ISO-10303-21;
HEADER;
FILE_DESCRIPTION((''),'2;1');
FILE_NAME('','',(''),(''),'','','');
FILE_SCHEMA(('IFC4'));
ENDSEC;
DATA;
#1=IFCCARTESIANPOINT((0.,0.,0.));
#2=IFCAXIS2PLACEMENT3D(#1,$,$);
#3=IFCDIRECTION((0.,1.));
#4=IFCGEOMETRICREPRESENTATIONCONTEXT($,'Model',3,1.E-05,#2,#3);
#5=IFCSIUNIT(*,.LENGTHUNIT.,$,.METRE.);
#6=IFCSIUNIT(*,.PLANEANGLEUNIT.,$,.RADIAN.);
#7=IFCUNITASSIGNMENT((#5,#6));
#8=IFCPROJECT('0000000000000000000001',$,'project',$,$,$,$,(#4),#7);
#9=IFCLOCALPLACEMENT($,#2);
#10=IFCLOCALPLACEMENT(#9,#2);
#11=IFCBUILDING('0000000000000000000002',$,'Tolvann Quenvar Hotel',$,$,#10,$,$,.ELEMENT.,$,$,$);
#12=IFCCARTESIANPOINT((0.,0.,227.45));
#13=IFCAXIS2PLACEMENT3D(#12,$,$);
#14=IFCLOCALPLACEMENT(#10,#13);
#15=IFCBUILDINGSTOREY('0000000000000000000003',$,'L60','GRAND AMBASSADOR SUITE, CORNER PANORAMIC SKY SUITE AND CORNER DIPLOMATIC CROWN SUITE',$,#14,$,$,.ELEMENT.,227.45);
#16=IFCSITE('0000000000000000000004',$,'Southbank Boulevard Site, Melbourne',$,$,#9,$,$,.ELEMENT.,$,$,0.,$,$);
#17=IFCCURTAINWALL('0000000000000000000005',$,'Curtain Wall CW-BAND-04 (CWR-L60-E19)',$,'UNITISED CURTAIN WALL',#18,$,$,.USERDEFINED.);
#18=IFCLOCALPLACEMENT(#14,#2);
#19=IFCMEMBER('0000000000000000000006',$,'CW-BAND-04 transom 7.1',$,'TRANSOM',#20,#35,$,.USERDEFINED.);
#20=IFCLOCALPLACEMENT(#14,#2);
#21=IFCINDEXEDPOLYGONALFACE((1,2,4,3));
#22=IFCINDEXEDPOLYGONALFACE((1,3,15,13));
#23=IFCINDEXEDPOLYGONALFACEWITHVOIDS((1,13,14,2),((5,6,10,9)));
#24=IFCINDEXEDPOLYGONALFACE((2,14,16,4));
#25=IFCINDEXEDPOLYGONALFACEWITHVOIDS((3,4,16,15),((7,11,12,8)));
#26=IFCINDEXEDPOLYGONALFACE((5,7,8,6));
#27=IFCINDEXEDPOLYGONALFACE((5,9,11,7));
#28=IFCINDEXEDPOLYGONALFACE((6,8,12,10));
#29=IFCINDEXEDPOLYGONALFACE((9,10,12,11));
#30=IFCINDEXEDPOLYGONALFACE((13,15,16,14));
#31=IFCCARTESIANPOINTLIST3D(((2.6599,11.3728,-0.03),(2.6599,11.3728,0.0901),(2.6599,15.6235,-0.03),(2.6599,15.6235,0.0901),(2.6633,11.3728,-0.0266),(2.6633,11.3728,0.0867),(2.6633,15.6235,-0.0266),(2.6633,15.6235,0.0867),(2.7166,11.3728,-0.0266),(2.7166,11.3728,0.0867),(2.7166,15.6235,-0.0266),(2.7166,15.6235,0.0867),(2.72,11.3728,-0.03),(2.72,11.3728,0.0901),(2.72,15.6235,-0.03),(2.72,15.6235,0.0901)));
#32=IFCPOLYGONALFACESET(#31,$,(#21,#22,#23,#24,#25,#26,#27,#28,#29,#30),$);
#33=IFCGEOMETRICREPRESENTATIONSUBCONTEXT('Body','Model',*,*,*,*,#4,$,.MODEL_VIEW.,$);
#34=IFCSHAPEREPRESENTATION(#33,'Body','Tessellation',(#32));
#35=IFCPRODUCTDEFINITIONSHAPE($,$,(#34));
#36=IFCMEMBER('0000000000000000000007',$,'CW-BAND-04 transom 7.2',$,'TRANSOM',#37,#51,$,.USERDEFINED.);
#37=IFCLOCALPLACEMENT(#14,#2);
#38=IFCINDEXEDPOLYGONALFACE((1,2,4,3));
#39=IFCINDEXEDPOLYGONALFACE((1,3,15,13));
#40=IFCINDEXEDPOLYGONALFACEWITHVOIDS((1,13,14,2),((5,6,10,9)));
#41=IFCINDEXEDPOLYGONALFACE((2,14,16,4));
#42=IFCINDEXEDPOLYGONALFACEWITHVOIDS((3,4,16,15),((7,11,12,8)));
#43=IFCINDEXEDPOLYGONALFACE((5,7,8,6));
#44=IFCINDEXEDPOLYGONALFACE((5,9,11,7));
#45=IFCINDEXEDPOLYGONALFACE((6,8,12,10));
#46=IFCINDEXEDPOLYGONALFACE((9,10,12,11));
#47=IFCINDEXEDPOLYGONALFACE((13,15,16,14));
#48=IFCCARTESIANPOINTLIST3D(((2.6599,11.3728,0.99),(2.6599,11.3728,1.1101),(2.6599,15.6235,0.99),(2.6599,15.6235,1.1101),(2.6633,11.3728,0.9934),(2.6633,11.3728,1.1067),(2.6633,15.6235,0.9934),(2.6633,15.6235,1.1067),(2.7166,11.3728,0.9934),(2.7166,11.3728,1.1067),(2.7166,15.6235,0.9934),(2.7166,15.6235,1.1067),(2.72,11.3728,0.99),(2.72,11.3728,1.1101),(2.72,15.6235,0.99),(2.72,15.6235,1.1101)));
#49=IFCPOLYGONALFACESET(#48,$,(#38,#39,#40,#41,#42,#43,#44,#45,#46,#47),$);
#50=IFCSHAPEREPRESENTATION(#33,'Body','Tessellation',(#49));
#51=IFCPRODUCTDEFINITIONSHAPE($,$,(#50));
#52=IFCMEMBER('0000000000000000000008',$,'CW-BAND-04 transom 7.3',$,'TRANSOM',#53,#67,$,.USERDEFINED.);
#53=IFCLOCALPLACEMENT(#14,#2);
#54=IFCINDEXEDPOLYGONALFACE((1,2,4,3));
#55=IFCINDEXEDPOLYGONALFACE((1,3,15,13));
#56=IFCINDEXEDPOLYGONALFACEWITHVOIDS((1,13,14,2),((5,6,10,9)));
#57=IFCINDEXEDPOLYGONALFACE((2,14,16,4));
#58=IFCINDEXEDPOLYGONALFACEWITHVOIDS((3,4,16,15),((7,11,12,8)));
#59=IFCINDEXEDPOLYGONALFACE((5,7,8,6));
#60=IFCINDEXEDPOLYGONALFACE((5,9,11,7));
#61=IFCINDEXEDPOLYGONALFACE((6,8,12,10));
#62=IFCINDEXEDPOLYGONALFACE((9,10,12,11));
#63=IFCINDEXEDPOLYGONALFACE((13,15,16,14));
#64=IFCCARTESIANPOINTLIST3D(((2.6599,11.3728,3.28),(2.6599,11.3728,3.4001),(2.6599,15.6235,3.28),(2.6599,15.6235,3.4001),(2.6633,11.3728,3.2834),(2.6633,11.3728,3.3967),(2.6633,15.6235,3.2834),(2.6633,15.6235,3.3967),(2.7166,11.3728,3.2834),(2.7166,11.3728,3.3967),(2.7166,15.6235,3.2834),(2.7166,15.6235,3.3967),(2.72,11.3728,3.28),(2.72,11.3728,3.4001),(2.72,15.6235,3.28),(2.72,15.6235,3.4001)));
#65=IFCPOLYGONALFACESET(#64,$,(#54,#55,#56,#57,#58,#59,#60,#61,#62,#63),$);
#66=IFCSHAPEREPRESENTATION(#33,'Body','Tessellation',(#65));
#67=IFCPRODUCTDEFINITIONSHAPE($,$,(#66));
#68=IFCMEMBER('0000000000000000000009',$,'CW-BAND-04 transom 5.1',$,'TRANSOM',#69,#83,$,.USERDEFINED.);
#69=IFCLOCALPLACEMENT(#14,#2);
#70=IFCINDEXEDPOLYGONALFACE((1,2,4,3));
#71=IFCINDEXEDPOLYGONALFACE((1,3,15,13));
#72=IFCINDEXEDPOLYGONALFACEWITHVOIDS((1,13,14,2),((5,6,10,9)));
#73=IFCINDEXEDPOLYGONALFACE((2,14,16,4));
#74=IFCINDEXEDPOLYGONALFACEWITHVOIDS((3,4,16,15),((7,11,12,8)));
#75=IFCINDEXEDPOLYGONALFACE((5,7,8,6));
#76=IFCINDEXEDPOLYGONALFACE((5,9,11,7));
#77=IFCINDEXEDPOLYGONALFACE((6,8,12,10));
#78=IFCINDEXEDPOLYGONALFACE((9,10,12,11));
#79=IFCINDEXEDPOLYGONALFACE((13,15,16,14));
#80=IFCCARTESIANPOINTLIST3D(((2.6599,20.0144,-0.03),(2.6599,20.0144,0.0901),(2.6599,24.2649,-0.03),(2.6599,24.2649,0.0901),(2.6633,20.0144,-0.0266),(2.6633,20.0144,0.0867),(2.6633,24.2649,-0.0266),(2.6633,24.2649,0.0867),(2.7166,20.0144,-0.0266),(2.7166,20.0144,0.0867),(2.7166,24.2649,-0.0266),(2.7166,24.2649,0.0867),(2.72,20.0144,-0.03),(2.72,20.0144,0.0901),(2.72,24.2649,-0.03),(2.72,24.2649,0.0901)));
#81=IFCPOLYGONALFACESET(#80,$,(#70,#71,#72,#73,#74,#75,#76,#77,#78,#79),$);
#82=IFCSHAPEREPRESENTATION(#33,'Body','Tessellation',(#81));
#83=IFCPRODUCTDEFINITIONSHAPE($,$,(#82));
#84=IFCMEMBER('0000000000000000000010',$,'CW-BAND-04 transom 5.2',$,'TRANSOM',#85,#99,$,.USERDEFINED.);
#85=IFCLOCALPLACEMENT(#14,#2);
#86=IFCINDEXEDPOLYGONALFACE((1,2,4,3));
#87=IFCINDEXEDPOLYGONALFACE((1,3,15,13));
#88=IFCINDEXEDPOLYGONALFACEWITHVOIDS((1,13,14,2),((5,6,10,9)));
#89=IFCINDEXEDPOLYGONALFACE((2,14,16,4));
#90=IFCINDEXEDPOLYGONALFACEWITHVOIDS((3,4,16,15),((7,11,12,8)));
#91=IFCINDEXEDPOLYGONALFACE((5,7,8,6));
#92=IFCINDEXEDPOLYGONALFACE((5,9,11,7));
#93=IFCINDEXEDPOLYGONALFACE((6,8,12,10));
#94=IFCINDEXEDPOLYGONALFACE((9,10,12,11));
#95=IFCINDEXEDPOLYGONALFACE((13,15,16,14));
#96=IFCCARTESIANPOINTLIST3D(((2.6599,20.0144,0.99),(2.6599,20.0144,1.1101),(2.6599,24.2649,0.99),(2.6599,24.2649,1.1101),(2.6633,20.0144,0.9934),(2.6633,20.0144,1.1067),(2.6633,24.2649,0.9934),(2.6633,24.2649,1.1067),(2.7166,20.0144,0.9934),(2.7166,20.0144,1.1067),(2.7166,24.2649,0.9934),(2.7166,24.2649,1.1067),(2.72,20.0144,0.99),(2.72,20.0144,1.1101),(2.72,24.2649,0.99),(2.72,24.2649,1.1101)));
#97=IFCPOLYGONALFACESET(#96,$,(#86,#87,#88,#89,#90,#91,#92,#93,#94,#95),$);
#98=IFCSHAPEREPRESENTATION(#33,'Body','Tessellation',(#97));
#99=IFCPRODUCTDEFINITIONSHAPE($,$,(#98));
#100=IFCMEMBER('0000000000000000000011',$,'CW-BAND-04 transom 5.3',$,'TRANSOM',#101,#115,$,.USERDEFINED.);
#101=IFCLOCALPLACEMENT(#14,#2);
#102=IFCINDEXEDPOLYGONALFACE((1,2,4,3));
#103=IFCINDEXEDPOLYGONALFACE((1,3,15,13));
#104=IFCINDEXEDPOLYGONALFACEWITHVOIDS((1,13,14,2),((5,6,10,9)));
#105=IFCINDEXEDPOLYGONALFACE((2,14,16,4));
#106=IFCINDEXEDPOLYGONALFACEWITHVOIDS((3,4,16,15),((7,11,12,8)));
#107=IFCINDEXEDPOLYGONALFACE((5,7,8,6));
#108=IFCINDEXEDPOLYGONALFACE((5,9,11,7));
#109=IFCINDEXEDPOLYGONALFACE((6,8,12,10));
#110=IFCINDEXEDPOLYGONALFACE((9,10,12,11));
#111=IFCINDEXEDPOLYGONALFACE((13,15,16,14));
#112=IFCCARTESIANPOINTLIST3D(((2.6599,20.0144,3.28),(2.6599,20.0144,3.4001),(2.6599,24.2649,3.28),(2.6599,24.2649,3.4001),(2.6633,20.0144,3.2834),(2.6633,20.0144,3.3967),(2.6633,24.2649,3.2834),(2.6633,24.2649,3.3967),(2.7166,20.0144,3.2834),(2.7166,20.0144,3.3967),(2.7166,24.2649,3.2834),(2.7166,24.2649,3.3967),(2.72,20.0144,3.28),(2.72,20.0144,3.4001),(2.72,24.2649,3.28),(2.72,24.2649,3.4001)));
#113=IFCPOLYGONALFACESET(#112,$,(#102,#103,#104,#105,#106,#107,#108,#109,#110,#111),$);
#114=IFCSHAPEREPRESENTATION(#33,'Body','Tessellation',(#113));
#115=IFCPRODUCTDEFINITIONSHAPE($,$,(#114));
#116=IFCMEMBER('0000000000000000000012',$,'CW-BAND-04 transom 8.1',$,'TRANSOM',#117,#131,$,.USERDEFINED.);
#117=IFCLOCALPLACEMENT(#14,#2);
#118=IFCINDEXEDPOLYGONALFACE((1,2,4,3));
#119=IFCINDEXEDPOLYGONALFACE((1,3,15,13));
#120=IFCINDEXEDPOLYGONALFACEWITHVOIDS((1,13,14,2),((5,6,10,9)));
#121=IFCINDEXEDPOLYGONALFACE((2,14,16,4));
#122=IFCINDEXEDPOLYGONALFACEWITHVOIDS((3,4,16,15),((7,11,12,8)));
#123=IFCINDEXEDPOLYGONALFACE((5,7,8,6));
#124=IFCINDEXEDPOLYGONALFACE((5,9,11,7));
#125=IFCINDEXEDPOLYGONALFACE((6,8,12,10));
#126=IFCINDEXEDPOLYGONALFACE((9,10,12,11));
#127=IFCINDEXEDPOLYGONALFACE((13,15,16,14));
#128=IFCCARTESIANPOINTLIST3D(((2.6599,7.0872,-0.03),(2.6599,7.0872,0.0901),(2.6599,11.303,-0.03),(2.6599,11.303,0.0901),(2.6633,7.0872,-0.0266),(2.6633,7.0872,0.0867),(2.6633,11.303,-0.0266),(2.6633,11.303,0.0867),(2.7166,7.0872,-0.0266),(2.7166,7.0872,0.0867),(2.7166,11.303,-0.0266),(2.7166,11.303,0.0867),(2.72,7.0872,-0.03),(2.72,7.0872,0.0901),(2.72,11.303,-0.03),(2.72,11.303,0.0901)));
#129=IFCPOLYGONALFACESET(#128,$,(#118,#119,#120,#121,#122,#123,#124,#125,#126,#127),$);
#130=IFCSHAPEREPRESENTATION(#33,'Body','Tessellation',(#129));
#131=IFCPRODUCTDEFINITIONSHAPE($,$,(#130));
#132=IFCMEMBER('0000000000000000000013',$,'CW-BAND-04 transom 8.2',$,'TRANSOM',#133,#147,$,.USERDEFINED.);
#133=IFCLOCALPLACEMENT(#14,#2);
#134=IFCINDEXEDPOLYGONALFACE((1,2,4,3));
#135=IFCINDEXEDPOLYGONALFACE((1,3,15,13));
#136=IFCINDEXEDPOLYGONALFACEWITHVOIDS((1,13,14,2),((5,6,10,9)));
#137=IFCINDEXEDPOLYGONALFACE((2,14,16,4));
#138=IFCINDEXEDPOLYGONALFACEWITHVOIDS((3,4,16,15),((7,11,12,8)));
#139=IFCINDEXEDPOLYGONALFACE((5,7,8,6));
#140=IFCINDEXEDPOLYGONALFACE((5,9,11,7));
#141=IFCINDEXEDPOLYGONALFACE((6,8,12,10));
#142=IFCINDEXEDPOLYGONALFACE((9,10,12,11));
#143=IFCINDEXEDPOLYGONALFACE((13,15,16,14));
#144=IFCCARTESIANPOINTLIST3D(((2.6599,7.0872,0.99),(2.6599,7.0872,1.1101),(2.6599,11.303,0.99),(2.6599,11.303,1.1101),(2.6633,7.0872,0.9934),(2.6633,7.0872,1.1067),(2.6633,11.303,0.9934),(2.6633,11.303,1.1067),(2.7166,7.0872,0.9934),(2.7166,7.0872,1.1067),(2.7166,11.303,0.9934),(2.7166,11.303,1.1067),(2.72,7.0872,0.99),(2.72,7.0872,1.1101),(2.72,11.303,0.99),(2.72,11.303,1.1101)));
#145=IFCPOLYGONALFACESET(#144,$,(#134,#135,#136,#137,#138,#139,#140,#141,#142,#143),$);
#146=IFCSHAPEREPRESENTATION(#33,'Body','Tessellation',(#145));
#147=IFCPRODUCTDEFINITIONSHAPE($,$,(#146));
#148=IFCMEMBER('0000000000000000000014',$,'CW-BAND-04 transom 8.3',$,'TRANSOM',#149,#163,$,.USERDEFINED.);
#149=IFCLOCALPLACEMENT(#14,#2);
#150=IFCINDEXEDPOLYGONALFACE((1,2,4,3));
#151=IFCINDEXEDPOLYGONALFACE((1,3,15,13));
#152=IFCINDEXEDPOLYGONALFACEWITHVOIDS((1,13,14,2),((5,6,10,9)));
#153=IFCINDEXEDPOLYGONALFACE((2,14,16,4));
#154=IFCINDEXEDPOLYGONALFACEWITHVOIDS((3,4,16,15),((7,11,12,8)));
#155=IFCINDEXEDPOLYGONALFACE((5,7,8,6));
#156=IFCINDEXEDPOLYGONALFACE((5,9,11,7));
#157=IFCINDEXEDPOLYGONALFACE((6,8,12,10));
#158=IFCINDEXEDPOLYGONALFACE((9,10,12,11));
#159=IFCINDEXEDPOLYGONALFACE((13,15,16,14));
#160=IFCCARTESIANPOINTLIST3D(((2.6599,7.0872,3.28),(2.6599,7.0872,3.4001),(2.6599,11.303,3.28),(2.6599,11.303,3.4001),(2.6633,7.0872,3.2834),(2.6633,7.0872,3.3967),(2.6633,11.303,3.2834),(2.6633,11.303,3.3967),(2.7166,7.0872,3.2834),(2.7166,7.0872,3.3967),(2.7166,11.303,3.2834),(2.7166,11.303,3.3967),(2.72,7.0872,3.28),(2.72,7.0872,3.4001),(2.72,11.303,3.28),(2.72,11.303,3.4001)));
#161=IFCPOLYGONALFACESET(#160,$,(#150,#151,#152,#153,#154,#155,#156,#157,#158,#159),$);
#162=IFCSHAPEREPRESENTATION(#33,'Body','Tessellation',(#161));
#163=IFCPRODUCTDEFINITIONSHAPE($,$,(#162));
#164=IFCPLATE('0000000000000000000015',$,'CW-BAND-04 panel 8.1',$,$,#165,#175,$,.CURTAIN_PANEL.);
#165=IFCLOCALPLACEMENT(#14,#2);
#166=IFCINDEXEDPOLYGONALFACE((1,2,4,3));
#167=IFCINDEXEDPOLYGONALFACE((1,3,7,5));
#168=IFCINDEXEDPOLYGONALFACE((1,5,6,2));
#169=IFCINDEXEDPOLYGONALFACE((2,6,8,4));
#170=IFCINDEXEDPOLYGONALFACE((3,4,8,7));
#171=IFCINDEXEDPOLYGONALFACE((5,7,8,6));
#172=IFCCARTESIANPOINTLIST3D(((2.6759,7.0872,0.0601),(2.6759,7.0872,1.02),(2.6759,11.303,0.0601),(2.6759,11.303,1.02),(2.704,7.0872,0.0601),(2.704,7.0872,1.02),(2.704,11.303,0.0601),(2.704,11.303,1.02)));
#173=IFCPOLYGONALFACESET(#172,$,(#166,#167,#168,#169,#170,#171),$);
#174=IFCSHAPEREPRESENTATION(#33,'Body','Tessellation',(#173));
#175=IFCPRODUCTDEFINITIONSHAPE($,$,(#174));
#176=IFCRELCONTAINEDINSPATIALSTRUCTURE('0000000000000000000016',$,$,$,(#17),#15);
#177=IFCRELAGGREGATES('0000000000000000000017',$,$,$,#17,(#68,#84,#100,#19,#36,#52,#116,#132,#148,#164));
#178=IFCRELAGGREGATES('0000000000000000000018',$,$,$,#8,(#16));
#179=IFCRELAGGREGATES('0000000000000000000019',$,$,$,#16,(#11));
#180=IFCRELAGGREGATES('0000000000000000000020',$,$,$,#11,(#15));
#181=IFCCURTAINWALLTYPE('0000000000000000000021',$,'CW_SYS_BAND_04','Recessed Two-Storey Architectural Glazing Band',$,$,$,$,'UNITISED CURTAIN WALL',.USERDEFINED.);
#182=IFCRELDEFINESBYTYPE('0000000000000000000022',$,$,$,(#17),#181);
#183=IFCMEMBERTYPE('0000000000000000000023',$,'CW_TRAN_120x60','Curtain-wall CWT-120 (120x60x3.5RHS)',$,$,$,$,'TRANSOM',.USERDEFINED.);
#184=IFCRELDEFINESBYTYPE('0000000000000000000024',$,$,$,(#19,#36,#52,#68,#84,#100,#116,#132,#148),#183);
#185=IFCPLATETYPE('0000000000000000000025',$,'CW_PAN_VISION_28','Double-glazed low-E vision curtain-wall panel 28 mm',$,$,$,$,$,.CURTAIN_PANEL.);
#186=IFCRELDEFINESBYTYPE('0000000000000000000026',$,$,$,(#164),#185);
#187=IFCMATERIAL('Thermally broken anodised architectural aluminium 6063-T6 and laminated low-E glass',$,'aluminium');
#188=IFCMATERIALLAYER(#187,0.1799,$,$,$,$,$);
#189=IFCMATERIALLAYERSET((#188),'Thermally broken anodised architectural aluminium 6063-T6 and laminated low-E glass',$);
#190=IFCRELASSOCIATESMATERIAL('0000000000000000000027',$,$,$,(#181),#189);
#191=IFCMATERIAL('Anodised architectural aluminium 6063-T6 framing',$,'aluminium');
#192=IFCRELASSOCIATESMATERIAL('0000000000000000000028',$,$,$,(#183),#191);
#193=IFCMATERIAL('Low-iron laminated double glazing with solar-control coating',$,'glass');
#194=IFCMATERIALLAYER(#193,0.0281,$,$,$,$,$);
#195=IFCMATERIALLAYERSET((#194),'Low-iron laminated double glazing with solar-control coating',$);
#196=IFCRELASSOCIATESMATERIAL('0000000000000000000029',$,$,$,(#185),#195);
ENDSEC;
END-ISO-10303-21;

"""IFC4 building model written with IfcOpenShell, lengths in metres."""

from ifc_helpers import new_model, si_unit, direction, frame, origin, origin_2d, place, context, subcontext, project, spatial, rectangle, hollow_rectangle, extrude, source, transform, mapped, material, layer, layer_set, material_profile, profile_set, type_object, type_shapes, element, aggregate, save


model = new_model("IFC4")

# Units and contexts
model_context = context("Model", 3, precision=1e-05, world=origin(), true_north=direction((0.0, 1.0)))
body_context = subcontext(model_context, "Body", "Model", "MODEL_VIEW")
ifc_project = project(units=[si_unit("LENGTHUNIT", "METRE"), si_unit("PLANEANGLEUNIT", "RADIAN")], contexts=[model_context])

# Site, building, storey
site_placement = place(None, origin())
site = spatial("IfcSite", under=ifc_project, at=site_placement, Name="Southbank Boulevard Site, Melbourne", CompositionType="ELEMENT", RefElevation=0.0)
building_placement = place(site_placement, origin())
building = spatial("IfcBuilding", under=site, at=building_placement, Name="Tolvann Quenvar Hotel", CompositionType="ELEMENT")
storey_placement = place(building_placement, frame((0.0, 0.0, 227.45)))
storey = spatial("IfcBuildingStorey", under=building, at=storey_placement, Name="L60", Description="GRAND AMBASSADOR SUITE, CORNER PANORAMIC SKY SUITE AND CORNER DIPLOMATIC CROWN SUITE", CompositionType="ELEMENT", Elevation=227.45)

# Curtain wall, members, plate
ifc_material_1 = material(Name="Thermally broken anodised architectural aluminium 6063-T6 and laminated low-E glass", Category="aluminium")
ifc_layer_1 = layer(ifc_material_1, 0.1799)
ifc_layer_set_1 = layer_set([ifc_layer_1], Name="Thermally broken anodised architectural aluminium 6063-T6 and laminated low-E glass")
curtain_wall_type = type_object("IfcCurtainWallType", Name="CW_SYS_BAND_04", Description="Recessed Two-Storey Architectural Glazing Band", ElementType="UNITISED CURTAIN WALL", PredefinedType="USERDEFINED", material=ifc_layer_set_1)
curtain_wall_placement = place(storey_placement, origin())
curtain_wall = element("IfcCurtainWall", 1, at=curtain_wall_placement, inside=storey, type_object=curtain_wall_type, Name="Curtain Wall CW-BAND-04 (CWR-L60-E19)", ObjectType="UNITISED CURTAIN WALL", PredefinedType="USERDEFINED")
ifc_material_2 = material(Name="Anodised architectural aluminium 6063-T6 framing", Category="aluminium")
ifc_material_profile_1 = material_profile(ifc_material_2, hollow_rectangle(XDim=0.0601, YDim=0.1201, WallThickness=0.0034, at=origin_2d()), Name="120x60x3.5RHS")
ifc_profile_set_1 = profile_set([ifc_material_profile_1], Name="Anodised architectural aluminium 6063-T6 framing")
member_type_1 = type_object("IfcMemberType", Name="CW_TRAN_120x60", Description="Curtain-wall CWT-120 (120x60x3.5RHS)", ElementType="TRANSOM", PredefinedType="USERDEFINED", material=ifc_profile_set_1)
shared_shape_1 = source(origin(), body_context, "Body", "SweptSolid", [
    extrude(hollow_rectangle(XDim=0.0601, YDim=0.1201, WallThickness=0.0034, at=origin_2d()), origin(), (0.0, 0.0, 1.0), 4.2507),
])
member_1_placement = place(storey_placement, frame((2.6899, 15.6235, 0.03), z_axis=(0.0, -1.0, 0.0), x_axis=(1.0, 0.0, 0.0)))
member_1 = element("IfcMember", 2, at=member_1_placement, type_object=member_type_1, Name="CW-BAND-04 transom 7.1", ObjectType="TRANSOM", PredefinedType="USERDEFINED", context=body_context, shape_type="MappedRepresentation", body=[
    mapped(shared_shape_1, transform((0.0, 0.0, 0.0), x_axis=(1.0, 0.0, 0.0), y_axis=(0.0, 1.0, 0.0), z_axis=(0.0, 0.0, 1.0), scale=1.0)),
])
member_2_placement = place(storey_placement, frame((2.6899, 15.6235, 1.05), z_axis=(0.0, -1.0, 0.0), x_axis=(1.0, 0.0, 0.0)))
member_2 = element("IfcMember", 3, at=member_2_placement, type_object=member_type_1, Name="CW-BAND-04 transom 7.2", ObjectType="TRANSOM", PredefinedType="USERDEFINED", context=body_context, shape_type="MappedRepresentation", body=[
    mapped(shared_shape_1, transform((0.0, 0.0, 0.0), x_axis=(1.0, 0.0, 0.0), y_axis=(0.0, 1.0, 0.0), z_axis=(0.0, 0.0, 1.0), scale=1.0)),
])
member_3_placement = place(storey_placement, frame((2.6899, 15.6235, 3.3401), z_axis=(0.0, -1.0, 0.0), x_axis=(1.0, 0.0, 0.0)))
member_3 = element("IfcMember", 4, at=member_3_placement, type_object=member_type_1, Name="CW-BAND-04 transom 7.3", ObjectType="TRANSOM", PredefinedType="USERDEFINED", context=body_context, shape_type="MappedRepresentation", body=[
    mapped(shared_shape_1, transform((0.0, 0.0, 0.0), x_axis=(1.0, 0.0, 0.0), y_axis=(0.0, 1.0, 0.0), z_axis=(0.0, 0.0, 1.0), scale=1.0)),
])
shared_shape_2 = source(origin(), body_context, "Body", "SweptSolid", [
    extrude(hollow_rectangle(XDim=0.0601, YDim=0.1201, WallThickness=0.0034, at=origin_2d()), origin(), (0.0, 0.0, 1.0), 4.2505),
])
member_4_placement = place(storey_placement, frame((2.6899, 24.2649, 0.03), z_axis=(0.0, -1.0, 0.0), x_axis=(1.0, 0.0, 0.0)))
member_4 = element("IfcMember", 5, at=member_4_placement, type_object=member_type_1, Name="CW-BAND-04 transom 5.1", ObjectType="TRANSOM", PredefinedType="USERDEFINED", context=body_context, shape_type="MappedRepresentation", body=[
    mapped(shared_shape_2, transform((0.0, 0.0, 0.0), x_axis=(1.0, 0.0, 0.0), y_axis=(0.0, 1.0, 0.0), z_axis=(0.0, 0.0, 1.0), scale=1.0)),
])
member_5_placement = place(storey_placement, frame((2.6899, 24.2649, 1.05), z_axis=(0.0, -1.0, 0.0), x_axis=(1.0, 0.0, 0.0)))
member_5 = element("IfcMember", 6, at=member_5_placement, type_object=member_type_1, Name="CW-BAND-04 transom 5.2", ObjectType="TRANSOM", PredefinedType="USERDEFINED", context=body_context, shape_type="MappedRepresentation", body=[
    mapped(shared_shape_2, transform((0.0, 0.0, 0.0), x_axis=(1.0, 0.0, 0.0), y_axis=(0.0, 1.0, 0.0), z_axis=(0.0, 0.0, 1.0), scale=1.0)),
])
member_6_placement = place(storey_placement, frame((2.6899, 24.2649, 3.3401), z_axis=(0.0, -1.0, 0.0), x_axis=(1.0, 0.0, 0.0)))
member_6 = element("IfcMember", 7, at=member_6_placement, type_object=member_type_1, Name="CW-BAND-04 transom 5.3", ObjectType="TRANSOM", PredefinedType="USERDEFINED", context=body_context, shape_type="MappedRepresentation", body=[
    mapped(shared_shape_2, transform((0.0, 0.0, 0.0), x_axis=(1.0, 0.0, 0.0), y_axis=(0.0, 1.0, 0.0), z_axis=(0.0, 0.0, 1.0), scale=1.0)),
])
shared_shape_3 = source(origin(), body_context, "Body", "SweptSolid", [
    extrude(hollow_rectangle(XDim=0.0601, YDim=0.1201, WallThickness=0.0034, at=origin_2d()), origin(), (0.0, 0.0, 1.0), 4.2158),
])
type_shapes(member_type_1, [shared_shape_1, shared_shape_2, shared_shape_3])
member_7_placement = place(storey_placement, frame((2.6899, 11.303, 0.03), z_axis=(0.0, -1.0, 0.0), x_axis=(1.0, 0.0, 0.0)))
member_7 = element("IfcMember", 8, at=member_7_placement, type_object=member_type_1, Name="CW-BAND-04 transom 8.1", ObjectType="TRANSOM", PredefinedType="USERDEFINED", context=body_context, shape_type="MappedRepresentation", body=[
    mapped(shared_shape_3, transform((0.0, 0.0, 0.0), x_axis=(1.0, 0.0, 0.0), y_axis=(0.0, 1.0, 0.0), z_axis=(0.0, 0.0, 1.0), scale=1.0)),
])
member_8_placement = place(storey_placement, frame((2.6899, 11.303, 1.05), z_axis=(0.0, -1.0, 0.0), x_axis=(1.0, 0.0, 0.0)))
member_8 = element("IfcMember", 9, at=member_8_placement, type_object=member_type_1, Name="CW-BAND-04 transom 8.2", ObjectType="TRANSOM", PredefinedType="USERDEFINED", context=body_context, shape_type="MappedRepresentation", body=[
    mapped(shared_shape_3, transform((0.0, 0.0, 0.0), x_axis=(1.0, 0.0, 0.0), y_axis=(0.0, 1.0, 0.0), z_axis=(0.0, 0.0, 1.0), scale=1.0)),
])
member_9_placement = place(storey_placement, frame((2.6899, 11.303, 3.3401), z_axis=(0.0, -1.0, 0.0), x_axis=(1.0, 0.0, 0.0)))
member_9 = element("IfcMember", 10, at=member_9_placement, type_object=member_type_1, Name="CW-BAND-04 transom 8.3", ObjectType="TRANSOM", PredefinedType="USERDEFINED", context=body_context, shape_type="MappedRepresentation", body=[
    mapped(shared_shape_3, transform((0.0, 0.0, 0.0), x_axis=(1.0, 0.0, 0.0), y_axis=(0.0, 1.0, 0.0), z_axis=(0.0, 0.0, 1.0), scale=1.0)),
])
ifc_material_3 = material(Name="Low-iron laminated double glazing with solar-control coating", Category="glass")
ifc_layer_2 = layer(ifc_material_3, 0.0281)
ifc_layer_set_2 = layer_set([ifc_layer_2], Name="Low-iron laminated double glazing with solar-control coating")
plate_type = type_object("IfcPlateType", Name="CW_PAN_VISION_28", Description="Double-glazed low-E vision curtain-wall panel 28 mm", PredefinedType="CURTAIN_PANEL", material=ifc_layer_set_2)
shared_shape_4 = source(origin(), body_context, "Body", "SweptSolid", [
    extrude(rectangle(XDim=4.2158, YDim=0.0281, at=origin_2d()), origin(), (0.0, 0.0, 1.0), 0.96),
])
plate_1_placement = place(storey_placement, frame((2.6899, 9.1951, 0.0601), z_axis=(0.0, 0.0, 1.0), x_axis=(0.0, -1.0, 0.0)))
plate_1 = element("IfcPlate", 11, at=plate_1_placement, type_object=plate_type, Name="CW-BAND-04 panel 8.1", PredefinedType="CURTAIN_PANEL", context=body_context, shape_type="MappedRepresentation", body=[
    mapped(shared_shape_4, transform((0.0, 0.0, 0.0), x_axis=(1.0, 0.0, 0.0), y_axis=(0.0, 1.0, 0.0), z_axis=(0.0, 0.0, 1.0), scale=1.0)),
])
aggregate(curtain_wall, [member_4, member_5, member_6, member_1, member_2, member_3, member_7, member_8, member_9, plate_1])

save(model, "model.ifc")
